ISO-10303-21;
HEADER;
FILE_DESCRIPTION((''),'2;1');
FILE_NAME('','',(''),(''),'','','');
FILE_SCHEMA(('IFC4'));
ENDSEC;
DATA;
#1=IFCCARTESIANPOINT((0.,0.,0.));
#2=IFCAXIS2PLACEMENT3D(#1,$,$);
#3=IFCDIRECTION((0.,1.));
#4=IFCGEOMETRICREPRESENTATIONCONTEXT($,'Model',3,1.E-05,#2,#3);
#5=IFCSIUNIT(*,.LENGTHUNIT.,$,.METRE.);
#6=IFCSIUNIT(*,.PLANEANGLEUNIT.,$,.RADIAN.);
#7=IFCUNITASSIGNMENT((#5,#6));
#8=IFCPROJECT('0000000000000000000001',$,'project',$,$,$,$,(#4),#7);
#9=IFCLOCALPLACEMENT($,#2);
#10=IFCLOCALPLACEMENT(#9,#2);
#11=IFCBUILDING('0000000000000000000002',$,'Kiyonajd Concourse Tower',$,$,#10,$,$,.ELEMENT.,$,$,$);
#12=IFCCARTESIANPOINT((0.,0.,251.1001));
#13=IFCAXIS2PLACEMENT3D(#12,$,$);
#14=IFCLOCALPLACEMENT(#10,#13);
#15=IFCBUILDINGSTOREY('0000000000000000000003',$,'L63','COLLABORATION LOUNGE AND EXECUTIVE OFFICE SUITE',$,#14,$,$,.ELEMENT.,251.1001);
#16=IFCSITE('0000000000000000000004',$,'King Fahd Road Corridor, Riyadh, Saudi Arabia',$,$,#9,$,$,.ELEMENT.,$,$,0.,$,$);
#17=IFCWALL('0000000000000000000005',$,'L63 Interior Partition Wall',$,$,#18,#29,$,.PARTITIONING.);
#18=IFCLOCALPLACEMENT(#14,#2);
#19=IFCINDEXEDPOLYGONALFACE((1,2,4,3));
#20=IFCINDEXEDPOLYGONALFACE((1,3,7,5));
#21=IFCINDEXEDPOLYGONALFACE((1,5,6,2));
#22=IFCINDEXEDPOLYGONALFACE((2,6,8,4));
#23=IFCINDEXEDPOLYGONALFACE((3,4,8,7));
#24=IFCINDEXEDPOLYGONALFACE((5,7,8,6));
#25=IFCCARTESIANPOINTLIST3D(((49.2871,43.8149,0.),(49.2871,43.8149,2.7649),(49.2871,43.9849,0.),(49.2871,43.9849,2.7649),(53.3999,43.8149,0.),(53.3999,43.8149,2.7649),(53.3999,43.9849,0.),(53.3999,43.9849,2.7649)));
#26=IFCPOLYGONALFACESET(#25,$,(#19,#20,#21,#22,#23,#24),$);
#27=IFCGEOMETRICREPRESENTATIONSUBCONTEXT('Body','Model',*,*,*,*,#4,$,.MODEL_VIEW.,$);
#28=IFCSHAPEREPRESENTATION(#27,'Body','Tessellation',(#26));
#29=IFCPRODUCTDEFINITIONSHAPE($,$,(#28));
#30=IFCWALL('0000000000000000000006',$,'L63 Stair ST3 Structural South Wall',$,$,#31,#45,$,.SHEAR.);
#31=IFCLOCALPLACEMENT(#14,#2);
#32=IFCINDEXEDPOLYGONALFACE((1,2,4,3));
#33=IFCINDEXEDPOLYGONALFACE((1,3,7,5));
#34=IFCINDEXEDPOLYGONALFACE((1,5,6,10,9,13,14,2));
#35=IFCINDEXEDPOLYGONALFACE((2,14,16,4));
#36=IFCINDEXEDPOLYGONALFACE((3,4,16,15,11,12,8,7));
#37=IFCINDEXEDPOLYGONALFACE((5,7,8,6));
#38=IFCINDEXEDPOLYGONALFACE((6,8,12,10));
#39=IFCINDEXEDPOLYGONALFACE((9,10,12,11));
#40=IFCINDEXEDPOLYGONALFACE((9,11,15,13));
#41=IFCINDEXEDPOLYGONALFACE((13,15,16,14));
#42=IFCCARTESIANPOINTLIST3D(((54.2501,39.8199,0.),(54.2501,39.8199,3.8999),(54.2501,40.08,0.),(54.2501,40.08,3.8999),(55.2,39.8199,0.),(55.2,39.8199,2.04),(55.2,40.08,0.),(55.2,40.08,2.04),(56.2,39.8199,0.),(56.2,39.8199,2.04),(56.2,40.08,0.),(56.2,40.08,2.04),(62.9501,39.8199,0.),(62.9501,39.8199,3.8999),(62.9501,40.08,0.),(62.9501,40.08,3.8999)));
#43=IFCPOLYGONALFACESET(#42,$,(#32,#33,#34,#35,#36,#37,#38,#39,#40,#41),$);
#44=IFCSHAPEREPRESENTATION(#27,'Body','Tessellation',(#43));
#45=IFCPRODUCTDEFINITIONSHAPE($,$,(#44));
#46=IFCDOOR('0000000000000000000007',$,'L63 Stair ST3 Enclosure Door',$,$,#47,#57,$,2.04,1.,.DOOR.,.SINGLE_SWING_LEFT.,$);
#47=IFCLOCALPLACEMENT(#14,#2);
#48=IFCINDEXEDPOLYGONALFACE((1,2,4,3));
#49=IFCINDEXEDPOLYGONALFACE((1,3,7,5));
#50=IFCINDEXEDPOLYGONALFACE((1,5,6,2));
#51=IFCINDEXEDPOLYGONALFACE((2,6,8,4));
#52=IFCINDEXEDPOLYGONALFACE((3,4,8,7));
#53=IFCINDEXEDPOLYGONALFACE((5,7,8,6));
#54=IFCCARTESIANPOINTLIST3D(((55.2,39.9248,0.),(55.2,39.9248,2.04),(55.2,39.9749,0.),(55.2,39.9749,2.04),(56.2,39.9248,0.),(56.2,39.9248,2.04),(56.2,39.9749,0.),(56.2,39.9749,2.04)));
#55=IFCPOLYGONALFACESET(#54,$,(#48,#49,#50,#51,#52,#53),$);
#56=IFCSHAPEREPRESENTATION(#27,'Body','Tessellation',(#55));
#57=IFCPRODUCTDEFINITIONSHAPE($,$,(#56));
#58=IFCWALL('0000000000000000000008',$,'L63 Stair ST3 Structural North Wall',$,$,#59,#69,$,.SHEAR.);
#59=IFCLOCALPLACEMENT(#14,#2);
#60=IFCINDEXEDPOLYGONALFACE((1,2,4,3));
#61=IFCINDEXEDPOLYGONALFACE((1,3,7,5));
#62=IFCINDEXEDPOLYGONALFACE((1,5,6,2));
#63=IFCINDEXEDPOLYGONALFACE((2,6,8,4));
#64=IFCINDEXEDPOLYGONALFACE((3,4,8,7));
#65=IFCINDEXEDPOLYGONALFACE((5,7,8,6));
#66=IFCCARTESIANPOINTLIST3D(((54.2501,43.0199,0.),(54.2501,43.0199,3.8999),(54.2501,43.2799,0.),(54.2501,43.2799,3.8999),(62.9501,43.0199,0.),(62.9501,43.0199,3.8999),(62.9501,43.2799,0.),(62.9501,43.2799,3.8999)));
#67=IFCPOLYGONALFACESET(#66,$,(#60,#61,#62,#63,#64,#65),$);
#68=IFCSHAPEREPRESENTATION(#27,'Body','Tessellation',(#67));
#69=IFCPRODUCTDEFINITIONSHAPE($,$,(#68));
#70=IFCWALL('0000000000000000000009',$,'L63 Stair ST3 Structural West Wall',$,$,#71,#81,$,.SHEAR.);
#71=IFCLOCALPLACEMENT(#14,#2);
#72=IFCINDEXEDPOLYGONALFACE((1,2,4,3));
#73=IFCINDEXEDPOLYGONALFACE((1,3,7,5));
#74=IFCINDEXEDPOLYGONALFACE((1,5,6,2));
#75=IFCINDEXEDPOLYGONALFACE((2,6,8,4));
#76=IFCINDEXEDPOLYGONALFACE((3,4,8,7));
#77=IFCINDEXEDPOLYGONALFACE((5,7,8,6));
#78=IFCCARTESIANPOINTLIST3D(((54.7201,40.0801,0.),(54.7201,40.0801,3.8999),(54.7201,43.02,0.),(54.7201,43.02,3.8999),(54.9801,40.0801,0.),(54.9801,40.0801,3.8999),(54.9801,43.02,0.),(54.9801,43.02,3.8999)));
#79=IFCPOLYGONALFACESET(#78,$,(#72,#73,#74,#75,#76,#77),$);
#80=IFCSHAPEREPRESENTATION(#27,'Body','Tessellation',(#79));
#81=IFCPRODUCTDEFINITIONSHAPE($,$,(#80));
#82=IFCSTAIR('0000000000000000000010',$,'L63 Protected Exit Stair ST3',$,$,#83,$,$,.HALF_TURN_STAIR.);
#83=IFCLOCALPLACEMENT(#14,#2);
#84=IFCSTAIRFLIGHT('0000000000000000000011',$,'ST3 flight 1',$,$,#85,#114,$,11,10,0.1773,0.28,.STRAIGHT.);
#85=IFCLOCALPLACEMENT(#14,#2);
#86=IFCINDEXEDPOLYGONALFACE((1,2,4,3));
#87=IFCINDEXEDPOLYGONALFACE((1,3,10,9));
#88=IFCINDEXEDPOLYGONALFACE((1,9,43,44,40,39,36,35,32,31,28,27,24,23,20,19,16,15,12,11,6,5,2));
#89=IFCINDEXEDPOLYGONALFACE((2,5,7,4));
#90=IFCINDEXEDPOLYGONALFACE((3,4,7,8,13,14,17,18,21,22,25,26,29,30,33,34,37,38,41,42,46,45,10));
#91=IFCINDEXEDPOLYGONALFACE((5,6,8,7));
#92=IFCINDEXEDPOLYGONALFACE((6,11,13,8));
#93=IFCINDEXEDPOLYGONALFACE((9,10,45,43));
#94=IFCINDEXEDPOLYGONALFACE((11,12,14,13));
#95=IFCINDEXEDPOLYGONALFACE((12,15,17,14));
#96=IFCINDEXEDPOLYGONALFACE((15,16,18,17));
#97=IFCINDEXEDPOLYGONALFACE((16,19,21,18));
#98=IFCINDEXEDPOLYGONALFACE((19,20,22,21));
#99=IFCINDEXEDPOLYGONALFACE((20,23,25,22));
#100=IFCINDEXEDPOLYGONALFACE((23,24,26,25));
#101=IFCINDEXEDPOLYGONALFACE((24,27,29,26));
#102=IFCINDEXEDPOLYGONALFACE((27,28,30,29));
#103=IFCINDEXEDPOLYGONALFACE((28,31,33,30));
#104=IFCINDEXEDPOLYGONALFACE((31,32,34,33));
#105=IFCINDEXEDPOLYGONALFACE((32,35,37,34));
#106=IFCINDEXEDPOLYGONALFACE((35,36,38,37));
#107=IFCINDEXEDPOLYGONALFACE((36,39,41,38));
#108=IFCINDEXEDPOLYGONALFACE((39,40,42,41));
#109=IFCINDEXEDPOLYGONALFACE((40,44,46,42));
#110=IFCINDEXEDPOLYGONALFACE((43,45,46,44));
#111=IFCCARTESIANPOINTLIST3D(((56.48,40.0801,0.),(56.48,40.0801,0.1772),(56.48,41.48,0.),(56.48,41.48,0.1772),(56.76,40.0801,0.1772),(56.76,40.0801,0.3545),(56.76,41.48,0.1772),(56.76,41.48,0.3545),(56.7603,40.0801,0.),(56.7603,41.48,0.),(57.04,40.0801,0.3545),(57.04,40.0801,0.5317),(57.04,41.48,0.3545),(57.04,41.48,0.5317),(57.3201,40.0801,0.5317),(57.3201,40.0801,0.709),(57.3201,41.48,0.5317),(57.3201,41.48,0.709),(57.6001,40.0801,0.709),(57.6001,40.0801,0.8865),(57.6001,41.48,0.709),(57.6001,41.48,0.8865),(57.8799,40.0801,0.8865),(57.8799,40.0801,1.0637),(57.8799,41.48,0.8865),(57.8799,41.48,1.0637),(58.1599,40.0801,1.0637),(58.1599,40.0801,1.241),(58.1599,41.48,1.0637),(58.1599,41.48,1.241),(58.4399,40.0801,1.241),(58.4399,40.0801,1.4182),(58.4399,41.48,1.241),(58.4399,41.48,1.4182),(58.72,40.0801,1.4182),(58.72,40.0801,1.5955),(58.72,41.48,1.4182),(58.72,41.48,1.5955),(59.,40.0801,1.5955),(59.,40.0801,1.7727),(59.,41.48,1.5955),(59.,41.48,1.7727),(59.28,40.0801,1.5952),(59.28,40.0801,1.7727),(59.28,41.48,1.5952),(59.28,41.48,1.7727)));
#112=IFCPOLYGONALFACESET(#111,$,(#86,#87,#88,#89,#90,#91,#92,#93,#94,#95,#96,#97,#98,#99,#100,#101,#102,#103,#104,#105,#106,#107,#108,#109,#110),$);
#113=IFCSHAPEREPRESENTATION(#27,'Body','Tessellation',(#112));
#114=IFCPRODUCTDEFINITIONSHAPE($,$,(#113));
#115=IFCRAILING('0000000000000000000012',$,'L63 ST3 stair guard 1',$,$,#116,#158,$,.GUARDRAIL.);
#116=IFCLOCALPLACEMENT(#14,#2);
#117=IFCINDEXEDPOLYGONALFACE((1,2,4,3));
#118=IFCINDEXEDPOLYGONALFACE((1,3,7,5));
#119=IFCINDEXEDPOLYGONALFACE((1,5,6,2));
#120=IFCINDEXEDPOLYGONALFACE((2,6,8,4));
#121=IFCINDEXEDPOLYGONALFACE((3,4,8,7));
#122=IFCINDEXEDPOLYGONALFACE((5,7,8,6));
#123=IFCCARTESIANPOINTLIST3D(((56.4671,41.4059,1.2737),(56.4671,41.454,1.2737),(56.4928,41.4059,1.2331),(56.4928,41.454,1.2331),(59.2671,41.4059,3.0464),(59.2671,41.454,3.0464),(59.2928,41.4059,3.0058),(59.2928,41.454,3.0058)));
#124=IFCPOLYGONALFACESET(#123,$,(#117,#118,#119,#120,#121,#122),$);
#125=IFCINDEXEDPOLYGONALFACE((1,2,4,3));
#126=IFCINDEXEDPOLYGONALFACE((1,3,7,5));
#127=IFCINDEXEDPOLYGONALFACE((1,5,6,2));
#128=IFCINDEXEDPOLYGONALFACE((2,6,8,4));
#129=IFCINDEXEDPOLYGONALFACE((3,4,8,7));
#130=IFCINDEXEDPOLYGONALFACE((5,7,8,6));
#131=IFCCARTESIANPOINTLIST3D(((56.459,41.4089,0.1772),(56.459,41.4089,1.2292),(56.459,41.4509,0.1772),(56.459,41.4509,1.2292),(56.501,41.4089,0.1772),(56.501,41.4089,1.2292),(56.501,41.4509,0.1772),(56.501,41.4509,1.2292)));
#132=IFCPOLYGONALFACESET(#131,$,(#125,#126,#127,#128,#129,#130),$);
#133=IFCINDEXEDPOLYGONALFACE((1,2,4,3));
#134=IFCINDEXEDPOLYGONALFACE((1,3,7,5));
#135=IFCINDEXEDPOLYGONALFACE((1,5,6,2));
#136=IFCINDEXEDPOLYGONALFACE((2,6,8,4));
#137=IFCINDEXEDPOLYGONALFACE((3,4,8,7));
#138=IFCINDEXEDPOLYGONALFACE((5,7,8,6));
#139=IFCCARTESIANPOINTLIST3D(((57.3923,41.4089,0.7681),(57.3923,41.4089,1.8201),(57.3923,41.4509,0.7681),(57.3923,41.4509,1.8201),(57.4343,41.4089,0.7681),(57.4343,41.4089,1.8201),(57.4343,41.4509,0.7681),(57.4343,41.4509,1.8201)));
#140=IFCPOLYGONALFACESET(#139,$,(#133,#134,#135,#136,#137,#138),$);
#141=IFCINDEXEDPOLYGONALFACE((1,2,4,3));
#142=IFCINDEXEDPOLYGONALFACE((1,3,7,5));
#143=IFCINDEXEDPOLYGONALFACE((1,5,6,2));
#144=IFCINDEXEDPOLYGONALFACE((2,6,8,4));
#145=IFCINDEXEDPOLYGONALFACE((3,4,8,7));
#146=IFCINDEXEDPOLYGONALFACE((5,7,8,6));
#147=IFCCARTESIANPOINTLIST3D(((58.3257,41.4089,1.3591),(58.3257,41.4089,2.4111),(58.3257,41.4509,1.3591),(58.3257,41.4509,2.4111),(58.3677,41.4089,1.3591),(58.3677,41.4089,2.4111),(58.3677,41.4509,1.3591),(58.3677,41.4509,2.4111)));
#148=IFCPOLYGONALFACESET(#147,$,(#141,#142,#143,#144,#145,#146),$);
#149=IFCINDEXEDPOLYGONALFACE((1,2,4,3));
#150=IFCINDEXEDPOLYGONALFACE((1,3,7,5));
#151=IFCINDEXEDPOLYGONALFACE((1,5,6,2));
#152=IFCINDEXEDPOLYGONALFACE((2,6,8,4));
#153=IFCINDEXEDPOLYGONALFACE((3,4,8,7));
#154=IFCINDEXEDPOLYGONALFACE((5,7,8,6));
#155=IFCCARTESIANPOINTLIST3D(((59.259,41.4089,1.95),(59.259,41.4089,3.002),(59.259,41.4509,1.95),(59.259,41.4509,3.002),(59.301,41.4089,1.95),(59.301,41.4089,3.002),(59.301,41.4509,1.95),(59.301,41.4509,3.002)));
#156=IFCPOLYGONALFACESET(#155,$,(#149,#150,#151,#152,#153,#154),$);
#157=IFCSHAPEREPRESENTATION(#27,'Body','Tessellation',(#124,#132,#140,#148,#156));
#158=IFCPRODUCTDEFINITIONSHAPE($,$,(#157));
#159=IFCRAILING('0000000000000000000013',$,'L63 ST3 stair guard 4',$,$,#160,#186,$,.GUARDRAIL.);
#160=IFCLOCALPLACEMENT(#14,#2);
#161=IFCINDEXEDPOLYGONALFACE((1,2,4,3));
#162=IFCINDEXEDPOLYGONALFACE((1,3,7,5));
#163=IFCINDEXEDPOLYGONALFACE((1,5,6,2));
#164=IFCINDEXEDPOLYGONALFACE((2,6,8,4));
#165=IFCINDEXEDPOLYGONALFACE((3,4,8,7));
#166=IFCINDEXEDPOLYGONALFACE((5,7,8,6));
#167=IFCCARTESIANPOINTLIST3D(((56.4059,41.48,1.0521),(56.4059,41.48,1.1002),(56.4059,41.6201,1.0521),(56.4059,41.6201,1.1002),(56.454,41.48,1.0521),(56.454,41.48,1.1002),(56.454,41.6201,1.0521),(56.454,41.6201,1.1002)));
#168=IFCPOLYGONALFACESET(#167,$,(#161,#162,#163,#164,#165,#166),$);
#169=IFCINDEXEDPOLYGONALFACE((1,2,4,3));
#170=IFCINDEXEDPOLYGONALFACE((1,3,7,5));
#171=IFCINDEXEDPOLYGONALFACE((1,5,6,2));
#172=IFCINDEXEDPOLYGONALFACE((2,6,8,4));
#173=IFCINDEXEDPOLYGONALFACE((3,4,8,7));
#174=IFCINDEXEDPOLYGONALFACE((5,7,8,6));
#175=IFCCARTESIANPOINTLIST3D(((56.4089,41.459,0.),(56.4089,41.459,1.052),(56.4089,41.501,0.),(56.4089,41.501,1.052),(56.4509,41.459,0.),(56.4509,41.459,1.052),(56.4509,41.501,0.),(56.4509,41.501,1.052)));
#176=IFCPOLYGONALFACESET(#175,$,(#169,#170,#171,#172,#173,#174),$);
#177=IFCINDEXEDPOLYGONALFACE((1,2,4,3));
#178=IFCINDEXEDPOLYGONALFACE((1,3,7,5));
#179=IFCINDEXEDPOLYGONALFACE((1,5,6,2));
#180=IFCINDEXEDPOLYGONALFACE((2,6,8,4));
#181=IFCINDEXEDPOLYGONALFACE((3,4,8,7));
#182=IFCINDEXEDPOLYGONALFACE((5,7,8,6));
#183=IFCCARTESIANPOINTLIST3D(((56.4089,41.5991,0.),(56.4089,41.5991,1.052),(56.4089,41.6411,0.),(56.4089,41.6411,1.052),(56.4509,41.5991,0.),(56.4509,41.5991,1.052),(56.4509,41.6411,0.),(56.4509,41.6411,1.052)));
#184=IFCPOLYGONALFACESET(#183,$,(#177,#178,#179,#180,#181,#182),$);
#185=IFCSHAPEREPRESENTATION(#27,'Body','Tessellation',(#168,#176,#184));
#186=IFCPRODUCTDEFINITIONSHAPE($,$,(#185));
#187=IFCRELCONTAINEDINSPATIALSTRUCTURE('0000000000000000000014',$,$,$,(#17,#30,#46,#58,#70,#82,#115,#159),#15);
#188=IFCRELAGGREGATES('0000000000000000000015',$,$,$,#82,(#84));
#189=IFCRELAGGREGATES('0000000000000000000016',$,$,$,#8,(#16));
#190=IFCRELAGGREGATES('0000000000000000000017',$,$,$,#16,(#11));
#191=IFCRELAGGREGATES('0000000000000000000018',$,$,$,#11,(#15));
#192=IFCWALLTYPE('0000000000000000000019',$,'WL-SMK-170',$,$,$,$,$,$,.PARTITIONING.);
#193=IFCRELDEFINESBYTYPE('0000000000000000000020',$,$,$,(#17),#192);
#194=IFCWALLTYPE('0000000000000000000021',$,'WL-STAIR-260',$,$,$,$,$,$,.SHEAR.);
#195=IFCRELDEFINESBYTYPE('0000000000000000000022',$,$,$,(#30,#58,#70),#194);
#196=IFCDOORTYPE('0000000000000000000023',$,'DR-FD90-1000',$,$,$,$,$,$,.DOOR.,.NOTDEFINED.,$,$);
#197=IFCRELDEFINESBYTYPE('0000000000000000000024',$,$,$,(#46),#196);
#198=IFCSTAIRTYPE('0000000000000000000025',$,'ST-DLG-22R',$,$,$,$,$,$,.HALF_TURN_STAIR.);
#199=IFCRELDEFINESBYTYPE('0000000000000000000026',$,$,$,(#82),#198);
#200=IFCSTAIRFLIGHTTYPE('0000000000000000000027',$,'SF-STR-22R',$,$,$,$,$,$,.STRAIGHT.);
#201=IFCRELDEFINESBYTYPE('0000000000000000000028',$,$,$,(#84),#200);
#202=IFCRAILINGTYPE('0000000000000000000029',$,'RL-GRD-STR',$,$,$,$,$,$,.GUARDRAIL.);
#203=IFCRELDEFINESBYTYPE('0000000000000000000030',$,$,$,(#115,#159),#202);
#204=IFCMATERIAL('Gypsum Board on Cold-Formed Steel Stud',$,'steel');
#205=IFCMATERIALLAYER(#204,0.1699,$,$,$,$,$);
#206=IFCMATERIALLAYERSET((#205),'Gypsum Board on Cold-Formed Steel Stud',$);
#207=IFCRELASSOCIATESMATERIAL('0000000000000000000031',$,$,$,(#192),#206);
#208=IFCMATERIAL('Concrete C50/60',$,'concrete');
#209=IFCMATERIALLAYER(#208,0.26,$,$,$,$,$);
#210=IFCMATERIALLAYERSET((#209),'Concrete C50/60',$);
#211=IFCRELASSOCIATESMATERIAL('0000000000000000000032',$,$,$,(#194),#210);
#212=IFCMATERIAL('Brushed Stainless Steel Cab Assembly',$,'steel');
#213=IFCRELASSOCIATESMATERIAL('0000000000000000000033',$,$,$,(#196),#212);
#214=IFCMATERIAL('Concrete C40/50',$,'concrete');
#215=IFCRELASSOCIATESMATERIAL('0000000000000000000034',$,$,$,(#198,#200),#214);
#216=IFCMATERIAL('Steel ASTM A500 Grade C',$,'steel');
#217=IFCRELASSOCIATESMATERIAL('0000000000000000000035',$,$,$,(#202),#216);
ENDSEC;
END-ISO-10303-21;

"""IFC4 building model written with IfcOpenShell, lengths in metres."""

from ifc_helpers import new_model, si_unit, direction, frame, frame_2d, origin, origin_2d, place, context, subcontext, project, spatial, polyline, rectangle, outline, extrude, material, layer, layer_set, type_object, element, fill, aggregate, save


model = new_model("IFC4")

# Units and contexts
model_context = context("Model", 3, precision=1e-05, world=origin(), true_north=direction((0.0, 1.0)))
body_context = subcontext(model_context, "Body", "Model", "MODEL_VIEW")
ifc_project = project(units=[si_unit("LENGTHUNIT", "METRE"), si_unit("PLANEANGLEUNIT", "RADIAN")], contexts=[model_context])

# Site, building, storey
site_placement = place(None, origin())
site = spatial("IfcSite", under=ifc_project, at=site_placement, Name="King Fahd Road Corridor, Riyadh, Saudi Arabia", CompositionType="ELEMENT", RefElevation=0.0)
building_placement = place(site_placement, origin())
building = spatial("IfcBuilding", under=site, at=building_placement, Name="Kiyonajd Concourse Tower", CompositionType="ELEMENT")
storey_placement = place(building_placement, frame((0.0, 0.0, 251.1001)))
storey = spatial("IfcBuildingStorey", under=building, at=storey_placement, Name="L63", Description="COLLABORATION LOUNGE AND EXECUTIVE OFFICE SUITE", CompositionType="ELEMENT", Elevation=251.1001)

# Shared definitions
ifc_material_1 = material(Name="Concrete C50/60", Category="concrete")

# Shared definitions
ifc_material_2 = material(Name="Gypsum Board on Cold-Formed Steel Stud", Category="steel")

# Shared definitions
ifc_layer_1 = layer(ifc_material_2, 0.1699)
ifc_layer_set_1 = layer_set([ifc_layer_1], Name="Gypsum Board on Cold-Formed Steel Stud")
wall_type_1 = type_object("IfcWallType", Name="WL-SMK-170", PredefinedType="PARTITIONING", material=ifc_layer_set_1)

# Wall
wall_1_placement = place(storey_placement, frame((49.2871, 43.8999, 0.0), z_axis=(0.0, 0.0, 1.0), x_axis=(1.0, 0.0, 0.0)))
element("IfcWall", 1, at=wall_1_placement, inside=storey, type_object=wall_type_1, Name="L63 Interior Partition Wall", PredefinedType="PARTITIONING", context=body_context, shape_type="SweptSolid", body=[
    extrude(rectangle(XDim=4.1128, YDim=0.1699, at=frame_2d((2.0564, 0.0))), origin(), (0.0, 0.0, 1.0), 2.7649),
])

# Wall, opening, door
ifc_layer_2 = layer(ifc_material_1, 0.26)
ifc_layer_set_2 = layer_set([ifc_layer_2], Name="Concrete C50/60")
wall_type_2 = type_object("IfcWallType", Name="WL-STAIR-260", PredefinedType="SHEAR", material=ifc_layer_set_2)
wall_2_placement = place(storey_placement, frame((54.25, 39.95, 0.0), z_axis=(0.0, 0.0, 1.0), x_axis=(1.0, 0.0, 0.0)))
wall_2 = element("IfcWall", 2, at=wall_2_placement, inside=storey, type_object=wall_type_2, Name="L63 Stair ST3 Structural South Wall", PredefinedType="SHEAR", context=body_context, shape_type="SweptSolid", body=[
    extrude(rectangle(XDim=8.7, YDim=0.26, at=frame_2d((4.3501, 0.0))), origin(), (0.0, 0.0, 1.0), 3.8999),
])
opening_1_placement = place(wall_2_placement, frame((0.95, 0.0, 0.0)))
opening_1 = element("IfcOpeningElement", 3, at=opening_1_placement, cuts=wall_2, PredefinedType="OPENING", context=body_context, shape_type="SweptSolid", body=[
    extrude(rectangle(XDim=1.0, YDim=2.04, at=frame_2d((0.5, 1.02))), frame((0.0, 0.1399, 0.0), z_axis=(0.0, -1.0, 0.0), x_axis=(1.0, 0.0, 0.0)), (0.0, 0.0, 1.0), 0.28),
])
ifc_material_3 = material(Name="Brushed Stainless Steel Cab Assembly", Category="steel")
door_type_1 = type_object("IfcDoorType", Name="DR-FD90-1000", OperationType="NOTDEFINED", PredefinedType="DOOR", material=ifc_material_3)
door_1_placement = place(opening_1_placement, origin())
door_1 = element("IfcDoor", 4, at=door_1_placement, inside=storey, type_object=door_type_1, Name="L63 Stair ST3 Enclosure Door", OperationType="SINGLE_SWING_LEFT", OverallHeight=2.04, OverallWidth=1.0, PredefinedType="DOOR", context=body_context, shape_type="SweptSolid", body=[
    extrude(rectangle(XDim=1.0, YDim=2.04, at=frame_2d((0.5, 1.02))), frame((0.0, 0.0249, 0.0), z_axis=(0.0, -1.0, 0.0), x_axis=(1.0, 0.0, 0.0)), (0.0, 0.0, 1.0), 0.05),
])
fill(opening_1, door_1)

# Walls
wall_3_placement = place(storey_placement, frame((54.25, 43.1499, 0.0), z_axis=(0.0, 0.0, 1.0), x_axis=(1.0, 0.0, 0.0)))
element("IfcWall", 5, at=wall_3_placement, inside=storey, type_object=wall_type_2, Name="L63 Stair ST3 Structural North Wall", PredefinedType="SHEAR", context=body_context, shape_type="SweptSolid", body=[
    extrude(rectangle(XDim=8.7, YDim=0.26, at=frame_2d((4.3501, 0.0))), origin(), (0.0, 0.0, 1.0), 3.8999),
])
wall_4_placement = place(storey_placement, frame((54.8501, 40.0801, 0.0), z_axis=(0.0, 0.0, 1.0), x_axis=(0.0, 1.0, 0.0)))
element("IfcWall", 6, at=wall_4_placement, inside=storey, type_object=wall_type_2, Name="L63 Stair ST3 Structural West Wall", PredefinedType="SHEAR", context=body_context, shape_type="SweptSolid", body=[
    extrude(rectangle(XDim=2.9399, YDim=0.26, at=frame_2d((1.47, 0.0))), origin(), (0.0, 0.0, 1.0), 3.8999),
])

# Stair, stair flight
ifc_material_4 = material(Name="Concrete C40/50", Category="concrete")
stair_type = type_object("IfcStairType", Name="ST-DLG-22R", PredefinedType="HALF_TURN_STAIR", material=ifc_material_4)
stair_placement = place(storey_placement, origin())
stair = element("IfcStair", 7, at=stair_placement, inside=storey, type_object=stair_type, Name="L63 Protected Exit Stair ST3", PredefinedType="HALF_TURN_STAIR")
stair_flight_type = type_object("IfcStairFlightType", Name="SF-STR-22R", PredefinedType="STRAIGHT", material=ifc_material_4)
stair_flight_placement = place(storey_placement, frame((56.48, 40.78, 0.0), z_axis=(0.0, 0.0, 1.0), x_axis=(1.0, 0.0, 0.0)))
stair_flight = element("IfcStairFlight", 8, at=stair_flight_placement, type_object=stair_flight_type, Name="ST3 flight 1", NumberOfRisers=11, NumberOfTreads=10, PredefinedType="STRAIGHT", RiserHeight=0.1773, TreadLength=0.28, context=body_context, shape_type="SweptSolid", body=[
    extrude(outline(polyline([(0.0, 0.0), (0.0, 0.1772), (0.28, 0.1772), (0.28, 0.3545), (0.5601, 0.3545), (0.5601, 0.5317), (0.8401, 0.5317), (0.8401, 0.709), (1.1201, 0.709), (1.1201, 0.8865), (1.3999, 0.8865), (1.3999, 1.0637), (1.6799, 1.0637), (1.6799, 1.241), (1.96, 1.241), (1.96, 1.4182), (2.24, 1.4182), (2.24, 1.5955), (2.52, 1.5955), (2.52, 1.7727), (2.8, 1.7727), (2.8, 1.95), (2.8, 1.5952), (0.2803, 0.0), (0.0, 0.0)])), frame((0.0, 0.7, 0.0), z_axis=(0.0, -1.0, 0.0), x_axis=(1.0, 0.0, 0.0)), (0.0, 0.0, 1.0), 1.3999),
])
aggregate(stair, [stair_flight])

# Railings
ifc_material_5 = material(Name="Steel ASTM A500 Grade C", Category="steel")
railing_type_1 = type_object("IfcRailingType", Name="RL-GRD-STR", PredefinedType="GUARDRAIL", material=ifc_material_5)
railing_1_placement = place(storey_placement, frame((56.48, 41.4299, 0.1772)))
element("IfcRailing", 9, at=railing_1_placement, inside=storey, type_object=railing_type_1, Name="L63 ST3 stair guard 1", PredefinedType="GUARDRAIL", context=body_context, shape_type="SweptSolid", body=[
    extrude(rectangle(XDim=0.0481, YDim=0.0481, at=origin_2d()), frame((0.0, 0.0, 1.0762), z_axis=(0.844909, 0.0, 0.53491), x_axis=(0.0, 1.0, 0.0)), (0.0, 0.0, 1.0), 3.314),
    extrude(rectangle(XDim=0.042, YDim=0.042, at=origin_2d()), origin(), (0.0, 0.0, 1.0), 1.052),
    extrude(rectangle(XDim=0.042, YDim=0.042, at=origin_2d()), frame((0.9333, 0.0, 0.5908)), (0.0, 0.0, 1.0), 1.052),
    extrude(rectangle(XDim=0.042, YDim=0.042, at=origin_2d()), frame((1.8667, 0.0, 1.1819)), (0.0, 0.0, 1.0), 1.052),
    extrude(rectangle(XDim=0.042, YDim=0.042, at=origin_2d()), frame((2.8, 0.0, 1.7727)), (0.0, 0.0, 1.0), 1.052),
])
railing_2_placement = place(storey_placement, frame((56.4299, 41.48, 0.0)))
element("IfcRailing", 10, at=railing_2_placement, inside=storey, type_object=railing_type_1, Name="L63 ST3 stair guard 4", PredefinedType="GUARDRAIL", context=body_context, shape_type="SweptSolid", body=[
    extrude(rectangle(XDim=0.0481, YDim=0.0481, at=origin_2d()), frame((0.0, 0.0, 1.0762), z_axis=(0.0, 1.0, 0.0), x_axis=(-1.0, 0.0, 0.0)), (0.0, 0.0, 1.0), 0.1401),
    extrude(rectangle(XDim=0.042, YDim=0.042, at=origin_2d()), origin(), (0.0, 0.0, 1.0), 1.052),
    extrude(rectangle(XDim=0.042, YDim=0.042, at=origin_2d()), frame((0.0, 0.1401, 0.0)), (0.0, 0.0, 1.0), 1.052),
])

save(model, "model.ifc")
